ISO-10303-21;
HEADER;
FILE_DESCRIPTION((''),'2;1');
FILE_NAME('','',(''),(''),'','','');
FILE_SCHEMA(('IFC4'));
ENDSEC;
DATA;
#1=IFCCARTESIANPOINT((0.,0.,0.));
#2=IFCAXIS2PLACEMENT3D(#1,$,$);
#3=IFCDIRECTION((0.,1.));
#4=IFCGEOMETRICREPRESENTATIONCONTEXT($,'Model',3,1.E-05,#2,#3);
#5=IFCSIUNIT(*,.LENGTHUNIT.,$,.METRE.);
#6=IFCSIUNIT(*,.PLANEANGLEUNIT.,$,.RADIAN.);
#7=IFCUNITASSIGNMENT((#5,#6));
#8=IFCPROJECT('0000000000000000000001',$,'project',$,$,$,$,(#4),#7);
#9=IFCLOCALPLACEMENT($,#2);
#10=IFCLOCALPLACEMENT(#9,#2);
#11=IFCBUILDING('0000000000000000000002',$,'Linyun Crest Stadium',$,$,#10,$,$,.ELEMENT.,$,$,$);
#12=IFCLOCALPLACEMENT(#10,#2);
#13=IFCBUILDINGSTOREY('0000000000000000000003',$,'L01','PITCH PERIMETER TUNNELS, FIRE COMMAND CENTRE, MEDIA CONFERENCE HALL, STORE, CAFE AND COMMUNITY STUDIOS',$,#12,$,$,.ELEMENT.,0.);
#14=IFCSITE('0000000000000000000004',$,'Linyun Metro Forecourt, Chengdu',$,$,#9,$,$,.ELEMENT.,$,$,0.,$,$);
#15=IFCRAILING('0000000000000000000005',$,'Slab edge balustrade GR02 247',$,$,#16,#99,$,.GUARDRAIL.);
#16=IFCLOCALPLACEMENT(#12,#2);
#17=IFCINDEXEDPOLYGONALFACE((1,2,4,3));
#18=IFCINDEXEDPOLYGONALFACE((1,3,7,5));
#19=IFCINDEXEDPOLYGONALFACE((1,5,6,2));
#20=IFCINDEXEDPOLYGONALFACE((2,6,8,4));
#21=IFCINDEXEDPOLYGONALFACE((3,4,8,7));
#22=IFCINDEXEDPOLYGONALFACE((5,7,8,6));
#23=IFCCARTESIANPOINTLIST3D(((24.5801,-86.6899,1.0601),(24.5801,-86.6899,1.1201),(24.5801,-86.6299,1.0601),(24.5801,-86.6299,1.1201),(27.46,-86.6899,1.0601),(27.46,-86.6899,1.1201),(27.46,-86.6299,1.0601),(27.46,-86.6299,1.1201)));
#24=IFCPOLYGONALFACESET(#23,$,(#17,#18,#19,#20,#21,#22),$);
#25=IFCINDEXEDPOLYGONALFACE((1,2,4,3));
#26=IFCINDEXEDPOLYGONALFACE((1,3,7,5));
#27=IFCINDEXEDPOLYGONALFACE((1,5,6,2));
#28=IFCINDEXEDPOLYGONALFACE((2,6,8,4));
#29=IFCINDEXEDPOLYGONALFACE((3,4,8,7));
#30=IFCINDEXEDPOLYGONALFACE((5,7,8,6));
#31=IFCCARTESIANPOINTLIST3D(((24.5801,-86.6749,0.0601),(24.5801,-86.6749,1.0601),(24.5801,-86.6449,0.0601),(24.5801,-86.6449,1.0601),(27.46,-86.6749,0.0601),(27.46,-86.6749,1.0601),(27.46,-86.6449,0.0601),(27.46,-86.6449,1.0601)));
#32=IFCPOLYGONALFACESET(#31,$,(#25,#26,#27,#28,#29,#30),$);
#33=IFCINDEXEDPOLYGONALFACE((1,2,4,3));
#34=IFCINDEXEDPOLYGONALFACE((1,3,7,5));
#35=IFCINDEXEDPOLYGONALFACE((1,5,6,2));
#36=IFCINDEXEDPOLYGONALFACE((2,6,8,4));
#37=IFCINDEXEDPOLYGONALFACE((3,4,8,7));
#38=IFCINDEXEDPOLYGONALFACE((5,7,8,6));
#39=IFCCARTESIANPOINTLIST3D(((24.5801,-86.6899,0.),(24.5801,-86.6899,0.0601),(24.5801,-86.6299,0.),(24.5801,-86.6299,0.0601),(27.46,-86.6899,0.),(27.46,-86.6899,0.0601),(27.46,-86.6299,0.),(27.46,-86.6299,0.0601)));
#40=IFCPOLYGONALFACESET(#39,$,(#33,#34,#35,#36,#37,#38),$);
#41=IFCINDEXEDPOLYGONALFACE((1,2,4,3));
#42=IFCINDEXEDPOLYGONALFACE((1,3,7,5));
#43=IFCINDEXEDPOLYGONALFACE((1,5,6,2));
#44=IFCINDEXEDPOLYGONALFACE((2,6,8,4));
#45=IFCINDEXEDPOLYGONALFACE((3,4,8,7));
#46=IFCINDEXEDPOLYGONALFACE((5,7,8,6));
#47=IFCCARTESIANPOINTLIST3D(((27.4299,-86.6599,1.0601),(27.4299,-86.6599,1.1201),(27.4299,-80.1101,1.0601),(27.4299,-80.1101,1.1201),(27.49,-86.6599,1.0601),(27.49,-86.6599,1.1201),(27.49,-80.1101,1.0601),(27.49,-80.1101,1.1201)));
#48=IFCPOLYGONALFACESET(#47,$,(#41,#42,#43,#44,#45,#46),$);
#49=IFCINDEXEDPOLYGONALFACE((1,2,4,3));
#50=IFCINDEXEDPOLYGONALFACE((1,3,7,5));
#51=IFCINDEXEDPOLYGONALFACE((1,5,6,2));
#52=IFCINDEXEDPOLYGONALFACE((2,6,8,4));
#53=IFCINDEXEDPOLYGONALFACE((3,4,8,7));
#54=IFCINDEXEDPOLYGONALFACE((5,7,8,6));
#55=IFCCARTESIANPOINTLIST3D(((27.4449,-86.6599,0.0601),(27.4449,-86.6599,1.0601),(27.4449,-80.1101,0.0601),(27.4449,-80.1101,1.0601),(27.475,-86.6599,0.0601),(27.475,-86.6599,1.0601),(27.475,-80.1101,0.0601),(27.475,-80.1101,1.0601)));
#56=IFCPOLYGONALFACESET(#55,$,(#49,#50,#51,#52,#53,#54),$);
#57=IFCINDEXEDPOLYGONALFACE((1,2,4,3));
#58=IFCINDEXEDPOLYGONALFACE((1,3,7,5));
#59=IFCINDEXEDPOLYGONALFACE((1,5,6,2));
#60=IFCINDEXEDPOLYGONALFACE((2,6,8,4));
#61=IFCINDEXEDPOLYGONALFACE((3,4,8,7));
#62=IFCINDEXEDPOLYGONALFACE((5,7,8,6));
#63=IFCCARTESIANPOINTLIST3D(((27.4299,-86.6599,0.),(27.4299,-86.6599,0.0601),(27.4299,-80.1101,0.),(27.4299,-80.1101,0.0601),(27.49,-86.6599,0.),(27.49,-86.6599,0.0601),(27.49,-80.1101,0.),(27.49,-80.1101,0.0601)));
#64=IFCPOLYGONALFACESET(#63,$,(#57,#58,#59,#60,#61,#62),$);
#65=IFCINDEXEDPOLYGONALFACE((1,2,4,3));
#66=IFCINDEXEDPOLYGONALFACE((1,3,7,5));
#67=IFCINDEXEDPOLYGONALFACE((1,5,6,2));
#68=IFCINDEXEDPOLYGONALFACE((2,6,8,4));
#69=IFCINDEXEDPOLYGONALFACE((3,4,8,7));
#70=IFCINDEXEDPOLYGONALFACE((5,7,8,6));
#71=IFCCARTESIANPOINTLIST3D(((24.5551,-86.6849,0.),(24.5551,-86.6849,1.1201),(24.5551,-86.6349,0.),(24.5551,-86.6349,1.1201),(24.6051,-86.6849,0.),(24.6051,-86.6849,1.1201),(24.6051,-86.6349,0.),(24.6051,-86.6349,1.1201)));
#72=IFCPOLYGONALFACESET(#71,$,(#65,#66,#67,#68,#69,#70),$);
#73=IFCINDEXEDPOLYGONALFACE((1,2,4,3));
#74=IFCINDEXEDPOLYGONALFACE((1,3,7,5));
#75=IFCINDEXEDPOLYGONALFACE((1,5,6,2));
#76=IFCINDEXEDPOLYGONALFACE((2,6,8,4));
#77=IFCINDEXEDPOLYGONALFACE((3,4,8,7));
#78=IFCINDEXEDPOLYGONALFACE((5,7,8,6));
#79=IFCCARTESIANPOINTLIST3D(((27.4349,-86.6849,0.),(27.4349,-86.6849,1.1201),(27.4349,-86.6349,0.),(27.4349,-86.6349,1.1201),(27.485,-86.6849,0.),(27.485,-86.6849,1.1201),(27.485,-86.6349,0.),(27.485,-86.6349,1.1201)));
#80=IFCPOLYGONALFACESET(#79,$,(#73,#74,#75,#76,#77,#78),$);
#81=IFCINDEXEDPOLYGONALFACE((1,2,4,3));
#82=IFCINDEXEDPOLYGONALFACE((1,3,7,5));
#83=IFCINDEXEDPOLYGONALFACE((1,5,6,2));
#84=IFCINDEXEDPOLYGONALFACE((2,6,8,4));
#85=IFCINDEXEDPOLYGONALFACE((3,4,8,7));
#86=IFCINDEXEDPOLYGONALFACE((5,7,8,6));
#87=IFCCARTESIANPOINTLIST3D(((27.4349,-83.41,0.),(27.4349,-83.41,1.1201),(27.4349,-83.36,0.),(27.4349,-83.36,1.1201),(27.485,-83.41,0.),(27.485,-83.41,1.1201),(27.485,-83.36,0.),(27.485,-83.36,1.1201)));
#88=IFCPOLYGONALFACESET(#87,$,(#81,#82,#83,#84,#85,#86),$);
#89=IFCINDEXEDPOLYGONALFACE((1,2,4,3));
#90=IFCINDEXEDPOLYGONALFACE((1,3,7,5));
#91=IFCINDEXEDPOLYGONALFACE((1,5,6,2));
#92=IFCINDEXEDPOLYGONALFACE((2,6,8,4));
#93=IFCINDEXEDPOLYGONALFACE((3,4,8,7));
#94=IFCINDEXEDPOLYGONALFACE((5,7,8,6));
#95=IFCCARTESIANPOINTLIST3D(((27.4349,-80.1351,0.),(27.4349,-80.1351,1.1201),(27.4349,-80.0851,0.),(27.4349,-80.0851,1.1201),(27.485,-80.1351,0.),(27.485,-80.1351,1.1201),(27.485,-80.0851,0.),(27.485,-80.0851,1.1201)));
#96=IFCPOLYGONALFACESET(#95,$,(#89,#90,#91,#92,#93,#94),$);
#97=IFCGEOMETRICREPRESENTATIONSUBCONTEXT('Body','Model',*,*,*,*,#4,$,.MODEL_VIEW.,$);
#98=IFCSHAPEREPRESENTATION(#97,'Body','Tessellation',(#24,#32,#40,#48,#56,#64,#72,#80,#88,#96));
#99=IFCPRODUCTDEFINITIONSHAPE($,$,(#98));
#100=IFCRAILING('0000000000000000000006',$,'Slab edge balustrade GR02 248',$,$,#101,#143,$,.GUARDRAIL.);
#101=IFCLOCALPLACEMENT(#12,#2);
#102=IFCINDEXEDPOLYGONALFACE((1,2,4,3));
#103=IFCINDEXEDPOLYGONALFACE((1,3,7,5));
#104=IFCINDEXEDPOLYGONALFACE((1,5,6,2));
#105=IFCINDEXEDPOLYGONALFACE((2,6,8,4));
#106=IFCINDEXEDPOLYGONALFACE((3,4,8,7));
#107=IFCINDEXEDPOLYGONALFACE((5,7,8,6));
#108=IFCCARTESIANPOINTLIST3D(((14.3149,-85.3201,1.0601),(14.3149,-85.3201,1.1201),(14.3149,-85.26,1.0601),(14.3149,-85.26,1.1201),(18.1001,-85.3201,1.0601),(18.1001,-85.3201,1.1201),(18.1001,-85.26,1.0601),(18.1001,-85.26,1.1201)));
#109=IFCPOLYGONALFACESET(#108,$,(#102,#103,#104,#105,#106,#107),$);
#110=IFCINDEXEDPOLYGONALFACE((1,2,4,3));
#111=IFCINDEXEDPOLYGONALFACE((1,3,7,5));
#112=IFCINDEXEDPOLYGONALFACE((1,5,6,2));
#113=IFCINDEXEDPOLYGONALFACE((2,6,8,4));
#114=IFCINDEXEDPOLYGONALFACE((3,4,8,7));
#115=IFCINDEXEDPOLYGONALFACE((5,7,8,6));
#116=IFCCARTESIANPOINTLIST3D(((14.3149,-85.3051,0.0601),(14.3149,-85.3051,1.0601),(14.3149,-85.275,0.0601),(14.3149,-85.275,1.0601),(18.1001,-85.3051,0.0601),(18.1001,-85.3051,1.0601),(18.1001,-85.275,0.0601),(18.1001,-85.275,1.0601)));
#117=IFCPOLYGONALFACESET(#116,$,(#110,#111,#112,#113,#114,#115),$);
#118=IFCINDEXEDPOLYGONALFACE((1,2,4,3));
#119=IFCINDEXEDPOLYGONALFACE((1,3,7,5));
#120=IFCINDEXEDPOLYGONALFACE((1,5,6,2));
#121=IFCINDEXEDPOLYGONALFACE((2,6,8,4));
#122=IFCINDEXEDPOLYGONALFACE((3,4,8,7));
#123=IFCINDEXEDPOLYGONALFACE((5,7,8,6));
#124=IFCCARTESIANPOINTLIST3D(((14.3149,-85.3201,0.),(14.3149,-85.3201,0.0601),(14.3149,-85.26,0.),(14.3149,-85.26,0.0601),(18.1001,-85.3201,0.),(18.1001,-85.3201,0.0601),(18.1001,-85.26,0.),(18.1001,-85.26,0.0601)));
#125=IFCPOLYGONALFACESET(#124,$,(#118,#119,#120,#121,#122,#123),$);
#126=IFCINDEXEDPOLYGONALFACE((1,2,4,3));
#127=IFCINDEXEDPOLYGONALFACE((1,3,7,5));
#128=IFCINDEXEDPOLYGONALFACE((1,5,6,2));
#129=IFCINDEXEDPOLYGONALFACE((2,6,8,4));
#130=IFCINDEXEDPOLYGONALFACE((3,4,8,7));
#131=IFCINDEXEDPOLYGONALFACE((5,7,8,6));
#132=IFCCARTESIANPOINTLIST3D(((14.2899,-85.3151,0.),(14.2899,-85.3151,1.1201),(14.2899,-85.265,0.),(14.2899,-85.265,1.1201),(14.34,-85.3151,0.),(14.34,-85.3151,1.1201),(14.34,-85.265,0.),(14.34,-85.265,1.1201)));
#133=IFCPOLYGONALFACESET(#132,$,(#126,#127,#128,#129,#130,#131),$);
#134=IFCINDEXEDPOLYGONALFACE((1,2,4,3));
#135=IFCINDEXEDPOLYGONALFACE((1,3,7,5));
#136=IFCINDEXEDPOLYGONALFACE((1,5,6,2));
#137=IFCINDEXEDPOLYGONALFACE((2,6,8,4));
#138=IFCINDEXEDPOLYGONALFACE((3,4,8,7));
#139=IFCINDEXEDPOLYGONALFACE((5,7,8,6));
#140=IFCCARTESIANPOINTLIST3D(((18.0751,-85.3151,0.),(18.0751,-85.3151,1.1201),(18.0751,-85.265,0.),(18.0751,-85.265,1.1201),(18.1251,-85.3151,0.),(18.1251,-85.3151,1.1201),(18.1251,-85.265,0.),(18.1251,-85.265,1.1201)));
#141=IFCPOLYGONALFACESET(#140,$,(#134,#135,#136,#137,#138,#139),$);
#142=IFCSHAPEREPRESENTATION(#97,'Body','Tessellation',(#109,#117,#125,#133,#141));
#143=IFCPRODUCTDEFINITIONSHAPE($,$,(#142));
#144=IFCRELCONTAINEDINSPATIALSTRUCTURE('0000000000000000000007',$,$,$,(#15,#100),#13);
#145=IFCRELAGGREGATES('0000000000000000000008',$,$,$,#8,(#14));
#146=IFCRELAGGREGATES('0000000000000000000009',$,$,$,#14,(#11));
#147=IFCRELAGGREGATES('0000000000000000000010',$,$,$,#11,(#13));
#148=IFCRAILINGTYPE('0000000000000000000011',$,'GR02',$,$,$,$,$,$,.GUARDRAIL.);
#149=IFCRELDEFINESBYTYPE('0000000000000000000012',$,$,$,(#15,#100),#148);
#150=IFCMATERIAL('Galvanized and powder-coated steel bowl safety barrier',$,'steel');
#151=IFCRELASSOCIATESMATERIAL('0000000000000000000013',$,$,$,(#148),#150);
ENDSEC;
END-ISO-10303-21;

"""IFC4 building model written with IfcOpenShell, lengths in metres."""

from ifc_helpers import new_model, si_unit, direction, frame, origin, origin_2d, place, context, subcontext, project, spatial, rectangle, extrude, material, type_object, element, save


model = new_model("IFC4")

# Units and contexts
model_context = context("Model", 3, precision=1e-05, world=origin(), true_north=direction((0.0, 1.0)))
body_context = subcontext(model_context, "Body", "Model", "MODEL_VIEW")
ifc_project = project(units=[si_unit("LENGTHUNIT", "METRE"), si_unit("PLANEANGLEUNIT", "RADIAN")], contexts=[model_context])

# Site, building, storey
site_placement = place(None, origin())
site = spatial("IfcSite", under=ifc_project, at=site_placement, Name="Linyun Metro Forecourt, Chengdu", CompositionType="ELEMENT", RefElevation=0.0)
building_placement = place(site_placement, origin())
building = spatial("IfcBuilding", under=site, at=building_placement, Name="Linyun Crest Stadium", CompositionType="ELEMENT")
storey_placement = place(building_placement, origin())
storey = spatial("IfcBuildingStorey", under=building, at=storey_placement, Name="L01", Description="PITCH PERIMETER TUNNELS, FIRE COMMAND CENTRE, MEDIA CONFERENCE HALL, STORE, CAFE AND COMMUNITY STUDIOS", CompositionType="ELEMENT", Elevation=0.0)

# Railings
ifc_material_1 = material(Name="Galvanized and powder-coated steel bowl safety barrier", Category="steel")
railing_type_1 = type_object("IfcRailingType", Name="GR02", PredefinedType="GUARDRAIL", material=ifc_material_1)
railing_1_placement = place(storey_placement, frame((24.5801, -86.6599, 0.0)))
element("IfcRailing", 1, at=railing_1_placement, inside=storey, type_object=railing_type_1, Name="Slab edge balustrade GR02 247", PredefinedType="GUARDRAIL", context=body_context, shape_type="SweptSolid", body=[
    extrude(rectangle(XDim=0.0601, YDim=0.0601, at=origin_2d()), frame((0.0, 0.0, 1.0901), z_axis=(1.0, 0.0, 0.0), x_axis=(0.0, 1.0, 0.0)), (0.0, 0.0, 1.0), 2.8799),
    extrude(rectangle(XDim=0.03, YDim=1.0, at=origin_2d()), frame((0.0, 0.0, 0.5601), z_axis=(1.0, 0.0, 0.0), x_axis=(0.0, 1.0, 0.0)), (0.0, 0.0, 1.0), 2.8799),
    extrude(rectangle(XDim=0.0601, YDim=0.0601, at=origin_2d()), frame((0.0, 0.0, 0.03), z_axis=(1.0, 0.0, 0.0), x_axis=(0.0, 1.0, 0.0)), (0.0, 0.0, 1.0), 2.8799),
    extrude(rectangle(XDim=0.0601, YDim=0.0601, at=origin_2d()), frame((2.8799, 0.0, 1.0901), z_axis=(0.0, 1.0, 0.0), x_axis=(-1.0, 0.0, 0.0)), (0.0, 0.0, 1.0), 6.5498),
    extrude(rectangle(XDim=0.03, YDim=1.0, at=origin_2d()), frame((2.8799, 0.0, 0.5601), z_axis=(0.0, 1.0, 0.0), x_axis=(-1.0, 0.0, 0.0)), (0.0, 0.0, 1.0), 6.5498),
    extrude(rectangle(XDim=0.0601, YDim=0.0601, at=origin_2d()), frame((2.8799, 0.0, 0.03), z_axis=(0.0, 1.0, 0.0), x_axis=(-1.0, 0.0, 0.0)), (0.0, 0.0, 1.0), 6.5498),
    extrude(rectangle(XDim=0.05, YDim=0.05, at=origin_2d()), origin(), (0.0, 0.0, 1.0), 1.1201),
    extrude(rectangle(XDim=0.05, YDim=0.05, at=origin_2d()), frame((2.8799, 0.0, 0.0)), (0.0, 0.0, 1.0), 1.1201),
    extrude(rectangle(XDim=0.05, YDim=0.05, at=origin_2d()), frame((2.8799, 3.2749, 0.0)), (0.0, 0.0, 1.0), 1.1201),
    extrude(rectangle(XDim=0.05, YDim=0.05, at=origin_2d()), frame((2.8799, 6.5498, 0.0)), (0.0, 0.0, 1.0), 1.1201),
])
railing_2_placement = place(storey_placement, frame((14.3149, -85.29, 0.0)))
element("IfcRailing", 2, at=railing_2_placement, inside=storey, type_object=railing_type_1, Name="Slab edge balustrade GR02 248", PredefinedType="GUARDRAIL", context=body_context, shape_type="SweptSolid", body=[
    extrude(rectangle(XDim=0.0601, YDim=0.0601, at=origin_2d()), frame((0.0, 0.0, 1.0901), z_axis=(1.0, 0.0, 0.0), x_axis=(0.0, 1.0, 0.0)), (0.0, 0.0, 1.0), 3.7852),
    extrude(rectangle(XDim=0.03, YDim=1.0, at=origin_2d()), frame((0.0, 0.0, 0.5601), z_axis=(1.0, 0.0, 0.0), x_axis=(0.0, 1.0, 0.0)), (0.0, 0.0, 1.0), 3.7852),
    extrude(rectangle(XDim=0.0601, YDim=0.0601, at=origin_2d()), frame((0.0, 0.0, 0.03), z_axis=(1.0, 0.0, 0.0), x_axis=(0.0, 1.0, 0.0)), (0.0, 0.0, 1.0), 3.7852),
    extrude(rectangle(XDim=0.05, YDim=0.05, at=origin_2d()), origin(), (0.0, 0.0, 1.0), 1.1201),
    extrude(rectangle(XDim=0.05, YDim=0.05, at=origin_2d()), frame((3.7852, 0.0, 0.0)), (0.0, 0.0, 1.0), 1.1201),
])

save(model, "model.ifc")
